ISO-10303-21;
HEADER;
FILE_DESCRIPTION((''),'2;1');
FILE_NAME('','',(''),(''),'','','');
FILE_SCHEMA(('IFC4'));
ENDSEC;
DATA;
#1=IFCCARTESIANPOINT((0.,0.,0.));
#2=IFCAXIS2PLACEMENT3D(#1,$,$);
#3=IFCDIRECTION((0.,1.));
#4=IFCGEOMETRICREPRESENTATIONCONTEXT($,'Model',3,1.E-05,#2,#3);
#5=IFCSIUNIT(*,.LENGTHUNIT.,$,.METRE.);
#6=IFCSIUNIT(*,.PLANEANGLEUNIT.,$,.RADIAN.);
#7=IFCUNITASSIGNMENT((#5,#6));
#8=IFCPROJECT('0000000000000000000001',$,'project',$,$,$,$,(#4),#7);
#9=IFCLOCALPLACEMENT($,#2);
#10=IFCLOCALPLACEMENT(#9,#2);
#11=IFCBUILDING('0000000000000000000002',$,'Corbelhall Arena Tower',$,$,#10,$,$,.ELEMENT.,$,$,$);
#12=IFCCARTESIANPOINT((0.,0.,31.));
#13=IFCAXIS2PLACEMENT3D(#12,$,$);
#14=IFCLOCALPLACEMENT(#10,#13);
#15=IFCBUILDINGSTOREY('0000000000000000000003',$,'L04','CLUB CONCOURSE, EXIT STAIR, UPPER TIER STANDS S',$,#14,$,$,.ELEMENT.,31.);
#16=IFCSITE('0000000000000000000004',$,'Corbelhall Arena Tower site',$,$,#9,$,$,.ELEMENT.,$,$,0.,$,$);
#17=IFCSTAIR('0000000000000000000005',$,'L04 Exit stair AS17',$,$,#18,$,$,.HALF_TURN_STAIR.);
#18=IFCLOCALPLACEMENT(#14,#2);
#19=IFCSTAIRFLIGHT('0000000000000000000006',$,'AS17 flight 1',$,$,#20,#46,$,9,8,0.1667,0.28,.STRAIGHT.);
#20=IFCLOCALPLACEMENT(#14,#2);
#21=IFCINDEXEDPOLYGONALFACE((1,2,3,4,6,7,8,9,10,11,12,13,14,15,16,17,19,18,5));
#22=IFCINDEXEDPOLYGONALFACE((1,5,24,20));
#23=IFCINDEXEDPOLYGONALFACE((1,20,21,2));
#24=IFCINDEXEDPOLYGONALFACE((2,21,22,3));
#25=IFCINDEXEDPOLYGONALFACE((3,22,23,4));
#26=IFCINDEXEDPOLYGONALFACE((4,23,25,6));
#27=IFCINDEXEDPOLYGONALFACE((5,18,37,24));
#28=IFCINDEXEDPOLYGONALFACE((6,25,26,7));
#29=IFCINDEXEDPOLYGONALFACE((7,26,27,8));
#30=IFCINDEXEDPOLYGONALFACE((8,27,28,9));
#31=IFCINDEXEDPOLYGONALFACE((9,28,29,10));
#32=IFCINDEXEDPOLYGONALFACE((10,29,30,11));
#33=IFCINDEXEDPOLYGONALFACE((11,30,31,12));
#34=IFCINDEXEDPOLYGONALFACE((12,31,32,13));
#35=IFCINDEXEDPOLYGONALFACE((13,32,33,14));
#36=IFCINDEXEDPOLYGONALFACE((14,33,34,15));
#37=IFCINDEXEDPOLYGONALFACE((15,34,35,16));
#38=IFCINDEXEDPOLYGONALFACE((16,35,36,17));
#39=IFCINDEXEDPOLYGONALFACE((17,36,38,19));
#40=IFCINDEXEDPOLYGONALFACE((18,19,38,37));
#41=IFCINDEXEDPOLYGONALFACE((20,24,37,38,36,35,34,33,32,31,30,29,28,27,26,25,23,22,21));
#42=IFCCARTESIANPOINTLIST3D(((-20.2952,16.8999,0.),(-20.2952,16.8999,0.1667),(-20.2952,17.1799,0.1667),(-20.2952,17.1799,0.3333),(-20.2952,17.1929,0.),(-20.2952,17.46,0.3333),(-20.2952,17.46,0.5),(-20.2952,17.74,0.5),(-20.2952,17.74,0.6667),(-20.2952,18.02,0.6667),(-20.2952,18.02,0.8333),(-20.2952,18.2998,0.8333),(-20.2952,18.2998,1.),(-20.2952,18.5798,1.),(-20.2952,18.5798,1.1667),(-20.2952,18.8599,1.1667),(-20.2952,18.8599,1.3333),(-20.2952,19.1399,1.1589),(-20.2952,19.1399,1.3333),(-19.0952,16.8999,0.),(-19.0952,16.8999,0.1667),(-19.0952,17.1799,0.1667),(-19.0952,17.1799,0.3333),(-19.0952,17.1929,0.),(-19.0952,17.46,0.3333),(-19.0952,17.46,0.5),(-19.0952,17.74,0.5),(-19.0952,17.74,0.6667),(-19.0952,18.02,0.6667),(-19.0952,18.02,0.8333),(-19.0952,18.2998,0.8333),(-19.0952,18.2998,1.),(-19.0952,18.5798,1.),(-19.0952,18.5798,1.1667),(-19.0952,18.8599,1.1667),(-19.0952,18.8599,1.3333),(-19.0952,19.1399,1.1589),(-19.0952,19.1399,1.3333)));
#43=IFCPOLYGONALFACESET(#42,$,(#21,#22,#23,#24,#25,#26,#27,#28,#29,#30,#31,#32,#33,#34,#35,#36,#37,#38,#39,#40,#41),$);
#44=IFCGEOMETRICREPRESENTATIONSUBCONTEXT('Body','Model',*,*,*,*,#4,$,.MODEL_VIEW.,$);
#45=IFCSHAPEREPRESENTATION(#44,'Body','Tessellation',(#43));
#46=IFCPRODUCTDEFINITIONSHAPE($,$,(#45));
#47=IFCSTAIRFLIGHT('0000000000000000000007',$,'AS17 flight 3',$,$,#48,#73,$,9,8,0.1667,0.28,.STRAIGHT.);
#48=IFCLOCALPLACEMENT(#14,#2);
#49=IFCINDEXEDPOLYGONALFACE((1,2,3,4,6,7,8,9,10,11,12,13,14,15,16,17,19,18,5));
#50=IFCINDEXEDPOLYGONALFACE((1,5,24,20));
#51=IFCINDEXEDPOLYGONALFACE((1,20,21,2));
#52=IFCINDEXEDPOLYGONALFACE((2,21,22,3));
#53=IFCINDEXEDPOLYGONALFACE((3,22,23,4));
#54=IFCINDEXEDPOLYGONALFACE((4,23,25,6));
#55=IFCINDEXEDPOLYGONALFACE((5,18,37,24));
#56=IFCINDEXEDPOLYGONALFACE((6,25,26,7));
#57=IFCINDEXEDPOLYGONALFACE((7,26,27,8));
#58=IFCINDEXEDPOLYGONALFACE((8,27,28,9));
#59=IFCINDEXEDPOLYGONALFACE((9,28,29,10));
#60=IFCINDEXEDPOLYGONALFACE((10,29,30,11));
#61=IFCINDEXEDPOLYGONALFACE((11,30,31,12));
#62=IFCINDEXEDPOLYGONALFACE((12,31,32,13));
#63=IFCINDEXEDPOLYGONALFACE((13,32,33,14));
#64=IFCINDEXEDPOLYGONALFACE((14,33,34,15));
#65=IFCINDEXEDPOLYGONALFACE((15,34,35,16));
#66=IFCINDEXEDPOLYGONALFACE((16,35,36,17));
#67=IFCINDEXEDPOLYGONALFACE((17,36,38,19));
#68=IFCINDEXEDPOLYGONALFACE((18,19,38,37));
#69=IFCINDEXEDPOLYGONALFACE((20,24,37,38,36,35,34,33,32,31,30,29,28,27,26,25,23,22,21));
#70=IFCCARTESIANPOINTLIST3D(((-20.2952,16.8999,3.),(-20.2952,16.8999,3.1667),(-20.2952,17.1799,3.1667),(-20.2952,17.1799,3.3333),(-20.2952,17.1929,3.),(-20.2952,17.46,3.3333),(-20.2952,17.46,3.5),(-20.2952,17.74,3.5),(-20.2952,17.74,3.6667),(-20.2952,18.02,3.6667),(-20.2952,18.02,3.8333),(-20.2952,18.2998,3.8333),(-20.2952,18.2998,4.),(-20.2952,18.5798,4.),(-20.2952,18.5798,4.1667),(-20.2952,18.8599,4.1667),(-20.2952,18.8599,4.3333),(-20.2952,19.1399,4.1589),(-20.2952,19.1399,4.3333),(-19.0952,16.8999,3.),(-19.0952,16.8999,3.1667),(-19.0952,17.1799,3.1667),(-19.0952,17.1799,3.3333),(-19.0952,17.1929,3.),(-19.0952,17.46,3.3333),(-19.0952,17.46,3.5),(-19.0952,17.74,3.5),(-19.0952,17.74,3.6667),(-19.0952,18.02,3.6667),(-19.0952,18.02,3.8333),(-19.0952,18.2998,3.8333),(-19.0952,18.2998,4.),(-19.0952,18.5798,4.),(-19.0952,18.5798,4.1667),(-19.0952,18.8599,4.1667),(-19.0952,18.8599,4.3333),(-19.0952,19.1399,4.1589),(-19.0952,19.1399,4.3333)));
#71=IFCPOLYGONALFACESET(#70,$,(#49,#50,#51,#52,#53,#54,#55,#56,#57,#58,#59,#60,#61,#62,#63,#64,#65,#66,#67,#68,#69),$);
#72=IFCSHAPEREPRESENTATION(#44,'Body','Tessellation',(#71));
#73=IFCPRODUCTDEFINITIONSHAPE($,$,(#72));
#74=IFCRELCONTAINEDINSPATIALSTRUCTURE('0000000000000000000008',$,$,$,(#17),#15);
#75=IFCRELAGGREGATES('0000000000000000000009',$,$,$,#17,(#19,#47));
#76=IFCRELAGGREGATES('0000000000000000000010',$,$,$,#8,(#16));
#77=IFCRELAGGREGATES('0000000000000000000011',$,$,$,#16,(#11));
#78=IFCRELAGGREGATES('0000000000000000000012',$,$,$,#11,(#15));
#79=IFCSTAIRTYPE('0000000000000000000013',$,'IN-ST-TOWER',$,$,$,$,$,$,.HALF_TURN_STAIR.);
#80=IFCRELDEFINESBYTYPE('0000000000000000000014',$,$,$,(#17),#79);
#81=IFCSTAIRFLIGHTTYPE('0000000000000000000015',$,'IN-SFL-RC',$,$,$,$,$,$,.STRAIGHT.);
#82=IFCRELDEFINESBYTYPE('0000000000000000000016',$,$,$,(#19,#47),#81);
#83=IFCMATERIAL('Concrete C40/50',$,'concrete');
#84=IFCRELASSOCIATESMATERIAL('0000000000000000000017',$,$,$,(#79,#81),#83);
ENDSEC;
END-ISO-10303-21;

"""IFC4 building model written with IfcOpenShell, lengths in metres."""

from ifc_helpers import new_model, si_unit, direction, frame, origin, place, context, subcontext, project, spatial, polyline, outline, extrude, material, type_object, element, aggregate, save


model = new_model("IFC4")

# Units and contexts
model_context = context("Model", 3, precision=1e-05, world=origin(), true_north=direction((0.0, 1.0)))
body_context = subcontext(model_context, "Body", "Model", "MODEL_VIEW")
ifc_project = project(units=[si_unit("LENGTHUNIT", "METRE"), si_unit("PLANEANGLEUNIT", "RADIAN")], contexts=[model_context])

# Site, building, storey
site_placement = place(None, origin())
site = spatial("IfcSite", under=ifc_project, at=site_placement, Name="Corbelhall Arena Tower site", CompositionType="ELEMENT", RefElevation=0.0)
building_placement = place(site_placement, origin())
building = spatial("IfcBuilding", under=site, at=building_placement, Name="Corbelhall Arena Tower", CompositionType="ELEMENT")
storey_placement = place(building_placement, frame((0.0, 0.0, 31.0)))
storey = spatial("IfcBuildingStorey", under=building, at=storey_placement, Name="L04", Description="CLUB CONCOURSE, EXIT STAIR, UPPER TIER STANDS S", CompositionType="ELEMENT", Elevation=31.0)

# Shared definitions
ifc_material_1 = material(Name="Concrete C40/50", Category="concrete")

# Stair, stair flights
stair_type_1 = type_object("IfcStairType", Name="IN-ST-TOWER", PredefinedType="HALF_TURN_STAIR", material=ifc_material_1)
stair_1_placement = place(storey_placement, origin())
stair_1 = element("IfcStair", 1, at=stair_1_placement, inside=storey, type_object=stair_type_1, Name="L04 Exit stair AS17", PredefinedType="HALF_TURN_STAIR")
stair_flight_type = type_object("IfcStairFlightType", Name="IN-SFL-RC", PredefinedType="STRAIGHT", material=ifc_material_1)
stair_flight_1_placement = place(storey_placement, frame((-19.6951, 16.8999, 0.0), z_axis=(0.0, 0.0, 1.0), x_axis=(0.0, 1.0, 0.0)))
stair_flight_1 = element("IfcStairFlight", 2, at=stair_flight_1_placement, type_object=stair_flight_type, Name="AS17 flight 1", NumberOfRisers=9, NumberOfTreads=8, PredefinedType="STRAIGHT", RiserHeight=0.1667, TreadLength=0.28, context=body_context, shape_type="SweptSolid", body=[
    extrude(outline(polyline([(0.0, 0.0), (0.0, 0.1667), (0.28, 0.1667), (0.28, 0.3333), (0.5601, 0.3333), (0.5601, 0.5), (0.8401, 0.5), (0.8401, 0.6667), (1.1201, 0.6667), (1.1201, 0.8333), (1.3999, 0.8333), (1.3999, 1.0), (1.6799, 1.0), (1.6799, 1.1667), (1.96, 1.1667), (1.96, 1.3333), (2.24, 1.3333), (2.24, 1.5), (2.24, 1.1589), (0.293, 0.0), (0.0, 0.0)])), frame((0.0, 0.6001, 0.0), z_axis=(0.0, -1.0, 0.0), x_axis=(1.0, 0.0, 0.0)), (0.0, 0.0, 1.0), 1.2),
])
stair_flight_2_placement = place(storey_placement, frame((-19.6951, 16.8999, 3.0), z_axis=(0.0, 0.0, 1.0), x_axis=(0.0, 1.0, 0.0)))
stair_flight_2 = element("IfcStairFlight", 3, at=stair_flight_2_placement, type_object=stair_flight_type, Name="AS17 flight 3", NumberOfRisers=9, NumberOfTreads=8, PredefinedType="STRAIGHT", RiserHeight=0.1667, TreadLength=0.28, context=body_context, shape_type="SweptSolid", body=[
    extrude(outline(polyline([(0.0, 0.0), (0.0, 0.1667), (0.28, 0.1667), (0.28, 0.3333), (0.5601, 0.3333), (0.5601, 0.5), (0.8401, 0.5), (0.8401, 0.6667), (1.1201, 0.6667), (1.1201, 0.8333), (1.3999, 0.8333), (1.3999, 1.0), (1.6799, 1.0), (1.6799, 1.1667), (1.96, 1.1667), (1.96, 1.3333), (2.24, 1.3333), (2.24, 1.5), (2.24, 1.1589), (0.293, 0.0), (0.0, 0.0)])), frame((0.0, 0.6001, 0.0), z_axis=(0.0, -1.0, 0.0), x_axis=(1.0, 0.0, 0.0)), (0.0, 0.0, 1.0), 1.2),
])
aggregate(stair_1, [stair_flight_1, stair_flight_2])

save(model, "model.ifc")
